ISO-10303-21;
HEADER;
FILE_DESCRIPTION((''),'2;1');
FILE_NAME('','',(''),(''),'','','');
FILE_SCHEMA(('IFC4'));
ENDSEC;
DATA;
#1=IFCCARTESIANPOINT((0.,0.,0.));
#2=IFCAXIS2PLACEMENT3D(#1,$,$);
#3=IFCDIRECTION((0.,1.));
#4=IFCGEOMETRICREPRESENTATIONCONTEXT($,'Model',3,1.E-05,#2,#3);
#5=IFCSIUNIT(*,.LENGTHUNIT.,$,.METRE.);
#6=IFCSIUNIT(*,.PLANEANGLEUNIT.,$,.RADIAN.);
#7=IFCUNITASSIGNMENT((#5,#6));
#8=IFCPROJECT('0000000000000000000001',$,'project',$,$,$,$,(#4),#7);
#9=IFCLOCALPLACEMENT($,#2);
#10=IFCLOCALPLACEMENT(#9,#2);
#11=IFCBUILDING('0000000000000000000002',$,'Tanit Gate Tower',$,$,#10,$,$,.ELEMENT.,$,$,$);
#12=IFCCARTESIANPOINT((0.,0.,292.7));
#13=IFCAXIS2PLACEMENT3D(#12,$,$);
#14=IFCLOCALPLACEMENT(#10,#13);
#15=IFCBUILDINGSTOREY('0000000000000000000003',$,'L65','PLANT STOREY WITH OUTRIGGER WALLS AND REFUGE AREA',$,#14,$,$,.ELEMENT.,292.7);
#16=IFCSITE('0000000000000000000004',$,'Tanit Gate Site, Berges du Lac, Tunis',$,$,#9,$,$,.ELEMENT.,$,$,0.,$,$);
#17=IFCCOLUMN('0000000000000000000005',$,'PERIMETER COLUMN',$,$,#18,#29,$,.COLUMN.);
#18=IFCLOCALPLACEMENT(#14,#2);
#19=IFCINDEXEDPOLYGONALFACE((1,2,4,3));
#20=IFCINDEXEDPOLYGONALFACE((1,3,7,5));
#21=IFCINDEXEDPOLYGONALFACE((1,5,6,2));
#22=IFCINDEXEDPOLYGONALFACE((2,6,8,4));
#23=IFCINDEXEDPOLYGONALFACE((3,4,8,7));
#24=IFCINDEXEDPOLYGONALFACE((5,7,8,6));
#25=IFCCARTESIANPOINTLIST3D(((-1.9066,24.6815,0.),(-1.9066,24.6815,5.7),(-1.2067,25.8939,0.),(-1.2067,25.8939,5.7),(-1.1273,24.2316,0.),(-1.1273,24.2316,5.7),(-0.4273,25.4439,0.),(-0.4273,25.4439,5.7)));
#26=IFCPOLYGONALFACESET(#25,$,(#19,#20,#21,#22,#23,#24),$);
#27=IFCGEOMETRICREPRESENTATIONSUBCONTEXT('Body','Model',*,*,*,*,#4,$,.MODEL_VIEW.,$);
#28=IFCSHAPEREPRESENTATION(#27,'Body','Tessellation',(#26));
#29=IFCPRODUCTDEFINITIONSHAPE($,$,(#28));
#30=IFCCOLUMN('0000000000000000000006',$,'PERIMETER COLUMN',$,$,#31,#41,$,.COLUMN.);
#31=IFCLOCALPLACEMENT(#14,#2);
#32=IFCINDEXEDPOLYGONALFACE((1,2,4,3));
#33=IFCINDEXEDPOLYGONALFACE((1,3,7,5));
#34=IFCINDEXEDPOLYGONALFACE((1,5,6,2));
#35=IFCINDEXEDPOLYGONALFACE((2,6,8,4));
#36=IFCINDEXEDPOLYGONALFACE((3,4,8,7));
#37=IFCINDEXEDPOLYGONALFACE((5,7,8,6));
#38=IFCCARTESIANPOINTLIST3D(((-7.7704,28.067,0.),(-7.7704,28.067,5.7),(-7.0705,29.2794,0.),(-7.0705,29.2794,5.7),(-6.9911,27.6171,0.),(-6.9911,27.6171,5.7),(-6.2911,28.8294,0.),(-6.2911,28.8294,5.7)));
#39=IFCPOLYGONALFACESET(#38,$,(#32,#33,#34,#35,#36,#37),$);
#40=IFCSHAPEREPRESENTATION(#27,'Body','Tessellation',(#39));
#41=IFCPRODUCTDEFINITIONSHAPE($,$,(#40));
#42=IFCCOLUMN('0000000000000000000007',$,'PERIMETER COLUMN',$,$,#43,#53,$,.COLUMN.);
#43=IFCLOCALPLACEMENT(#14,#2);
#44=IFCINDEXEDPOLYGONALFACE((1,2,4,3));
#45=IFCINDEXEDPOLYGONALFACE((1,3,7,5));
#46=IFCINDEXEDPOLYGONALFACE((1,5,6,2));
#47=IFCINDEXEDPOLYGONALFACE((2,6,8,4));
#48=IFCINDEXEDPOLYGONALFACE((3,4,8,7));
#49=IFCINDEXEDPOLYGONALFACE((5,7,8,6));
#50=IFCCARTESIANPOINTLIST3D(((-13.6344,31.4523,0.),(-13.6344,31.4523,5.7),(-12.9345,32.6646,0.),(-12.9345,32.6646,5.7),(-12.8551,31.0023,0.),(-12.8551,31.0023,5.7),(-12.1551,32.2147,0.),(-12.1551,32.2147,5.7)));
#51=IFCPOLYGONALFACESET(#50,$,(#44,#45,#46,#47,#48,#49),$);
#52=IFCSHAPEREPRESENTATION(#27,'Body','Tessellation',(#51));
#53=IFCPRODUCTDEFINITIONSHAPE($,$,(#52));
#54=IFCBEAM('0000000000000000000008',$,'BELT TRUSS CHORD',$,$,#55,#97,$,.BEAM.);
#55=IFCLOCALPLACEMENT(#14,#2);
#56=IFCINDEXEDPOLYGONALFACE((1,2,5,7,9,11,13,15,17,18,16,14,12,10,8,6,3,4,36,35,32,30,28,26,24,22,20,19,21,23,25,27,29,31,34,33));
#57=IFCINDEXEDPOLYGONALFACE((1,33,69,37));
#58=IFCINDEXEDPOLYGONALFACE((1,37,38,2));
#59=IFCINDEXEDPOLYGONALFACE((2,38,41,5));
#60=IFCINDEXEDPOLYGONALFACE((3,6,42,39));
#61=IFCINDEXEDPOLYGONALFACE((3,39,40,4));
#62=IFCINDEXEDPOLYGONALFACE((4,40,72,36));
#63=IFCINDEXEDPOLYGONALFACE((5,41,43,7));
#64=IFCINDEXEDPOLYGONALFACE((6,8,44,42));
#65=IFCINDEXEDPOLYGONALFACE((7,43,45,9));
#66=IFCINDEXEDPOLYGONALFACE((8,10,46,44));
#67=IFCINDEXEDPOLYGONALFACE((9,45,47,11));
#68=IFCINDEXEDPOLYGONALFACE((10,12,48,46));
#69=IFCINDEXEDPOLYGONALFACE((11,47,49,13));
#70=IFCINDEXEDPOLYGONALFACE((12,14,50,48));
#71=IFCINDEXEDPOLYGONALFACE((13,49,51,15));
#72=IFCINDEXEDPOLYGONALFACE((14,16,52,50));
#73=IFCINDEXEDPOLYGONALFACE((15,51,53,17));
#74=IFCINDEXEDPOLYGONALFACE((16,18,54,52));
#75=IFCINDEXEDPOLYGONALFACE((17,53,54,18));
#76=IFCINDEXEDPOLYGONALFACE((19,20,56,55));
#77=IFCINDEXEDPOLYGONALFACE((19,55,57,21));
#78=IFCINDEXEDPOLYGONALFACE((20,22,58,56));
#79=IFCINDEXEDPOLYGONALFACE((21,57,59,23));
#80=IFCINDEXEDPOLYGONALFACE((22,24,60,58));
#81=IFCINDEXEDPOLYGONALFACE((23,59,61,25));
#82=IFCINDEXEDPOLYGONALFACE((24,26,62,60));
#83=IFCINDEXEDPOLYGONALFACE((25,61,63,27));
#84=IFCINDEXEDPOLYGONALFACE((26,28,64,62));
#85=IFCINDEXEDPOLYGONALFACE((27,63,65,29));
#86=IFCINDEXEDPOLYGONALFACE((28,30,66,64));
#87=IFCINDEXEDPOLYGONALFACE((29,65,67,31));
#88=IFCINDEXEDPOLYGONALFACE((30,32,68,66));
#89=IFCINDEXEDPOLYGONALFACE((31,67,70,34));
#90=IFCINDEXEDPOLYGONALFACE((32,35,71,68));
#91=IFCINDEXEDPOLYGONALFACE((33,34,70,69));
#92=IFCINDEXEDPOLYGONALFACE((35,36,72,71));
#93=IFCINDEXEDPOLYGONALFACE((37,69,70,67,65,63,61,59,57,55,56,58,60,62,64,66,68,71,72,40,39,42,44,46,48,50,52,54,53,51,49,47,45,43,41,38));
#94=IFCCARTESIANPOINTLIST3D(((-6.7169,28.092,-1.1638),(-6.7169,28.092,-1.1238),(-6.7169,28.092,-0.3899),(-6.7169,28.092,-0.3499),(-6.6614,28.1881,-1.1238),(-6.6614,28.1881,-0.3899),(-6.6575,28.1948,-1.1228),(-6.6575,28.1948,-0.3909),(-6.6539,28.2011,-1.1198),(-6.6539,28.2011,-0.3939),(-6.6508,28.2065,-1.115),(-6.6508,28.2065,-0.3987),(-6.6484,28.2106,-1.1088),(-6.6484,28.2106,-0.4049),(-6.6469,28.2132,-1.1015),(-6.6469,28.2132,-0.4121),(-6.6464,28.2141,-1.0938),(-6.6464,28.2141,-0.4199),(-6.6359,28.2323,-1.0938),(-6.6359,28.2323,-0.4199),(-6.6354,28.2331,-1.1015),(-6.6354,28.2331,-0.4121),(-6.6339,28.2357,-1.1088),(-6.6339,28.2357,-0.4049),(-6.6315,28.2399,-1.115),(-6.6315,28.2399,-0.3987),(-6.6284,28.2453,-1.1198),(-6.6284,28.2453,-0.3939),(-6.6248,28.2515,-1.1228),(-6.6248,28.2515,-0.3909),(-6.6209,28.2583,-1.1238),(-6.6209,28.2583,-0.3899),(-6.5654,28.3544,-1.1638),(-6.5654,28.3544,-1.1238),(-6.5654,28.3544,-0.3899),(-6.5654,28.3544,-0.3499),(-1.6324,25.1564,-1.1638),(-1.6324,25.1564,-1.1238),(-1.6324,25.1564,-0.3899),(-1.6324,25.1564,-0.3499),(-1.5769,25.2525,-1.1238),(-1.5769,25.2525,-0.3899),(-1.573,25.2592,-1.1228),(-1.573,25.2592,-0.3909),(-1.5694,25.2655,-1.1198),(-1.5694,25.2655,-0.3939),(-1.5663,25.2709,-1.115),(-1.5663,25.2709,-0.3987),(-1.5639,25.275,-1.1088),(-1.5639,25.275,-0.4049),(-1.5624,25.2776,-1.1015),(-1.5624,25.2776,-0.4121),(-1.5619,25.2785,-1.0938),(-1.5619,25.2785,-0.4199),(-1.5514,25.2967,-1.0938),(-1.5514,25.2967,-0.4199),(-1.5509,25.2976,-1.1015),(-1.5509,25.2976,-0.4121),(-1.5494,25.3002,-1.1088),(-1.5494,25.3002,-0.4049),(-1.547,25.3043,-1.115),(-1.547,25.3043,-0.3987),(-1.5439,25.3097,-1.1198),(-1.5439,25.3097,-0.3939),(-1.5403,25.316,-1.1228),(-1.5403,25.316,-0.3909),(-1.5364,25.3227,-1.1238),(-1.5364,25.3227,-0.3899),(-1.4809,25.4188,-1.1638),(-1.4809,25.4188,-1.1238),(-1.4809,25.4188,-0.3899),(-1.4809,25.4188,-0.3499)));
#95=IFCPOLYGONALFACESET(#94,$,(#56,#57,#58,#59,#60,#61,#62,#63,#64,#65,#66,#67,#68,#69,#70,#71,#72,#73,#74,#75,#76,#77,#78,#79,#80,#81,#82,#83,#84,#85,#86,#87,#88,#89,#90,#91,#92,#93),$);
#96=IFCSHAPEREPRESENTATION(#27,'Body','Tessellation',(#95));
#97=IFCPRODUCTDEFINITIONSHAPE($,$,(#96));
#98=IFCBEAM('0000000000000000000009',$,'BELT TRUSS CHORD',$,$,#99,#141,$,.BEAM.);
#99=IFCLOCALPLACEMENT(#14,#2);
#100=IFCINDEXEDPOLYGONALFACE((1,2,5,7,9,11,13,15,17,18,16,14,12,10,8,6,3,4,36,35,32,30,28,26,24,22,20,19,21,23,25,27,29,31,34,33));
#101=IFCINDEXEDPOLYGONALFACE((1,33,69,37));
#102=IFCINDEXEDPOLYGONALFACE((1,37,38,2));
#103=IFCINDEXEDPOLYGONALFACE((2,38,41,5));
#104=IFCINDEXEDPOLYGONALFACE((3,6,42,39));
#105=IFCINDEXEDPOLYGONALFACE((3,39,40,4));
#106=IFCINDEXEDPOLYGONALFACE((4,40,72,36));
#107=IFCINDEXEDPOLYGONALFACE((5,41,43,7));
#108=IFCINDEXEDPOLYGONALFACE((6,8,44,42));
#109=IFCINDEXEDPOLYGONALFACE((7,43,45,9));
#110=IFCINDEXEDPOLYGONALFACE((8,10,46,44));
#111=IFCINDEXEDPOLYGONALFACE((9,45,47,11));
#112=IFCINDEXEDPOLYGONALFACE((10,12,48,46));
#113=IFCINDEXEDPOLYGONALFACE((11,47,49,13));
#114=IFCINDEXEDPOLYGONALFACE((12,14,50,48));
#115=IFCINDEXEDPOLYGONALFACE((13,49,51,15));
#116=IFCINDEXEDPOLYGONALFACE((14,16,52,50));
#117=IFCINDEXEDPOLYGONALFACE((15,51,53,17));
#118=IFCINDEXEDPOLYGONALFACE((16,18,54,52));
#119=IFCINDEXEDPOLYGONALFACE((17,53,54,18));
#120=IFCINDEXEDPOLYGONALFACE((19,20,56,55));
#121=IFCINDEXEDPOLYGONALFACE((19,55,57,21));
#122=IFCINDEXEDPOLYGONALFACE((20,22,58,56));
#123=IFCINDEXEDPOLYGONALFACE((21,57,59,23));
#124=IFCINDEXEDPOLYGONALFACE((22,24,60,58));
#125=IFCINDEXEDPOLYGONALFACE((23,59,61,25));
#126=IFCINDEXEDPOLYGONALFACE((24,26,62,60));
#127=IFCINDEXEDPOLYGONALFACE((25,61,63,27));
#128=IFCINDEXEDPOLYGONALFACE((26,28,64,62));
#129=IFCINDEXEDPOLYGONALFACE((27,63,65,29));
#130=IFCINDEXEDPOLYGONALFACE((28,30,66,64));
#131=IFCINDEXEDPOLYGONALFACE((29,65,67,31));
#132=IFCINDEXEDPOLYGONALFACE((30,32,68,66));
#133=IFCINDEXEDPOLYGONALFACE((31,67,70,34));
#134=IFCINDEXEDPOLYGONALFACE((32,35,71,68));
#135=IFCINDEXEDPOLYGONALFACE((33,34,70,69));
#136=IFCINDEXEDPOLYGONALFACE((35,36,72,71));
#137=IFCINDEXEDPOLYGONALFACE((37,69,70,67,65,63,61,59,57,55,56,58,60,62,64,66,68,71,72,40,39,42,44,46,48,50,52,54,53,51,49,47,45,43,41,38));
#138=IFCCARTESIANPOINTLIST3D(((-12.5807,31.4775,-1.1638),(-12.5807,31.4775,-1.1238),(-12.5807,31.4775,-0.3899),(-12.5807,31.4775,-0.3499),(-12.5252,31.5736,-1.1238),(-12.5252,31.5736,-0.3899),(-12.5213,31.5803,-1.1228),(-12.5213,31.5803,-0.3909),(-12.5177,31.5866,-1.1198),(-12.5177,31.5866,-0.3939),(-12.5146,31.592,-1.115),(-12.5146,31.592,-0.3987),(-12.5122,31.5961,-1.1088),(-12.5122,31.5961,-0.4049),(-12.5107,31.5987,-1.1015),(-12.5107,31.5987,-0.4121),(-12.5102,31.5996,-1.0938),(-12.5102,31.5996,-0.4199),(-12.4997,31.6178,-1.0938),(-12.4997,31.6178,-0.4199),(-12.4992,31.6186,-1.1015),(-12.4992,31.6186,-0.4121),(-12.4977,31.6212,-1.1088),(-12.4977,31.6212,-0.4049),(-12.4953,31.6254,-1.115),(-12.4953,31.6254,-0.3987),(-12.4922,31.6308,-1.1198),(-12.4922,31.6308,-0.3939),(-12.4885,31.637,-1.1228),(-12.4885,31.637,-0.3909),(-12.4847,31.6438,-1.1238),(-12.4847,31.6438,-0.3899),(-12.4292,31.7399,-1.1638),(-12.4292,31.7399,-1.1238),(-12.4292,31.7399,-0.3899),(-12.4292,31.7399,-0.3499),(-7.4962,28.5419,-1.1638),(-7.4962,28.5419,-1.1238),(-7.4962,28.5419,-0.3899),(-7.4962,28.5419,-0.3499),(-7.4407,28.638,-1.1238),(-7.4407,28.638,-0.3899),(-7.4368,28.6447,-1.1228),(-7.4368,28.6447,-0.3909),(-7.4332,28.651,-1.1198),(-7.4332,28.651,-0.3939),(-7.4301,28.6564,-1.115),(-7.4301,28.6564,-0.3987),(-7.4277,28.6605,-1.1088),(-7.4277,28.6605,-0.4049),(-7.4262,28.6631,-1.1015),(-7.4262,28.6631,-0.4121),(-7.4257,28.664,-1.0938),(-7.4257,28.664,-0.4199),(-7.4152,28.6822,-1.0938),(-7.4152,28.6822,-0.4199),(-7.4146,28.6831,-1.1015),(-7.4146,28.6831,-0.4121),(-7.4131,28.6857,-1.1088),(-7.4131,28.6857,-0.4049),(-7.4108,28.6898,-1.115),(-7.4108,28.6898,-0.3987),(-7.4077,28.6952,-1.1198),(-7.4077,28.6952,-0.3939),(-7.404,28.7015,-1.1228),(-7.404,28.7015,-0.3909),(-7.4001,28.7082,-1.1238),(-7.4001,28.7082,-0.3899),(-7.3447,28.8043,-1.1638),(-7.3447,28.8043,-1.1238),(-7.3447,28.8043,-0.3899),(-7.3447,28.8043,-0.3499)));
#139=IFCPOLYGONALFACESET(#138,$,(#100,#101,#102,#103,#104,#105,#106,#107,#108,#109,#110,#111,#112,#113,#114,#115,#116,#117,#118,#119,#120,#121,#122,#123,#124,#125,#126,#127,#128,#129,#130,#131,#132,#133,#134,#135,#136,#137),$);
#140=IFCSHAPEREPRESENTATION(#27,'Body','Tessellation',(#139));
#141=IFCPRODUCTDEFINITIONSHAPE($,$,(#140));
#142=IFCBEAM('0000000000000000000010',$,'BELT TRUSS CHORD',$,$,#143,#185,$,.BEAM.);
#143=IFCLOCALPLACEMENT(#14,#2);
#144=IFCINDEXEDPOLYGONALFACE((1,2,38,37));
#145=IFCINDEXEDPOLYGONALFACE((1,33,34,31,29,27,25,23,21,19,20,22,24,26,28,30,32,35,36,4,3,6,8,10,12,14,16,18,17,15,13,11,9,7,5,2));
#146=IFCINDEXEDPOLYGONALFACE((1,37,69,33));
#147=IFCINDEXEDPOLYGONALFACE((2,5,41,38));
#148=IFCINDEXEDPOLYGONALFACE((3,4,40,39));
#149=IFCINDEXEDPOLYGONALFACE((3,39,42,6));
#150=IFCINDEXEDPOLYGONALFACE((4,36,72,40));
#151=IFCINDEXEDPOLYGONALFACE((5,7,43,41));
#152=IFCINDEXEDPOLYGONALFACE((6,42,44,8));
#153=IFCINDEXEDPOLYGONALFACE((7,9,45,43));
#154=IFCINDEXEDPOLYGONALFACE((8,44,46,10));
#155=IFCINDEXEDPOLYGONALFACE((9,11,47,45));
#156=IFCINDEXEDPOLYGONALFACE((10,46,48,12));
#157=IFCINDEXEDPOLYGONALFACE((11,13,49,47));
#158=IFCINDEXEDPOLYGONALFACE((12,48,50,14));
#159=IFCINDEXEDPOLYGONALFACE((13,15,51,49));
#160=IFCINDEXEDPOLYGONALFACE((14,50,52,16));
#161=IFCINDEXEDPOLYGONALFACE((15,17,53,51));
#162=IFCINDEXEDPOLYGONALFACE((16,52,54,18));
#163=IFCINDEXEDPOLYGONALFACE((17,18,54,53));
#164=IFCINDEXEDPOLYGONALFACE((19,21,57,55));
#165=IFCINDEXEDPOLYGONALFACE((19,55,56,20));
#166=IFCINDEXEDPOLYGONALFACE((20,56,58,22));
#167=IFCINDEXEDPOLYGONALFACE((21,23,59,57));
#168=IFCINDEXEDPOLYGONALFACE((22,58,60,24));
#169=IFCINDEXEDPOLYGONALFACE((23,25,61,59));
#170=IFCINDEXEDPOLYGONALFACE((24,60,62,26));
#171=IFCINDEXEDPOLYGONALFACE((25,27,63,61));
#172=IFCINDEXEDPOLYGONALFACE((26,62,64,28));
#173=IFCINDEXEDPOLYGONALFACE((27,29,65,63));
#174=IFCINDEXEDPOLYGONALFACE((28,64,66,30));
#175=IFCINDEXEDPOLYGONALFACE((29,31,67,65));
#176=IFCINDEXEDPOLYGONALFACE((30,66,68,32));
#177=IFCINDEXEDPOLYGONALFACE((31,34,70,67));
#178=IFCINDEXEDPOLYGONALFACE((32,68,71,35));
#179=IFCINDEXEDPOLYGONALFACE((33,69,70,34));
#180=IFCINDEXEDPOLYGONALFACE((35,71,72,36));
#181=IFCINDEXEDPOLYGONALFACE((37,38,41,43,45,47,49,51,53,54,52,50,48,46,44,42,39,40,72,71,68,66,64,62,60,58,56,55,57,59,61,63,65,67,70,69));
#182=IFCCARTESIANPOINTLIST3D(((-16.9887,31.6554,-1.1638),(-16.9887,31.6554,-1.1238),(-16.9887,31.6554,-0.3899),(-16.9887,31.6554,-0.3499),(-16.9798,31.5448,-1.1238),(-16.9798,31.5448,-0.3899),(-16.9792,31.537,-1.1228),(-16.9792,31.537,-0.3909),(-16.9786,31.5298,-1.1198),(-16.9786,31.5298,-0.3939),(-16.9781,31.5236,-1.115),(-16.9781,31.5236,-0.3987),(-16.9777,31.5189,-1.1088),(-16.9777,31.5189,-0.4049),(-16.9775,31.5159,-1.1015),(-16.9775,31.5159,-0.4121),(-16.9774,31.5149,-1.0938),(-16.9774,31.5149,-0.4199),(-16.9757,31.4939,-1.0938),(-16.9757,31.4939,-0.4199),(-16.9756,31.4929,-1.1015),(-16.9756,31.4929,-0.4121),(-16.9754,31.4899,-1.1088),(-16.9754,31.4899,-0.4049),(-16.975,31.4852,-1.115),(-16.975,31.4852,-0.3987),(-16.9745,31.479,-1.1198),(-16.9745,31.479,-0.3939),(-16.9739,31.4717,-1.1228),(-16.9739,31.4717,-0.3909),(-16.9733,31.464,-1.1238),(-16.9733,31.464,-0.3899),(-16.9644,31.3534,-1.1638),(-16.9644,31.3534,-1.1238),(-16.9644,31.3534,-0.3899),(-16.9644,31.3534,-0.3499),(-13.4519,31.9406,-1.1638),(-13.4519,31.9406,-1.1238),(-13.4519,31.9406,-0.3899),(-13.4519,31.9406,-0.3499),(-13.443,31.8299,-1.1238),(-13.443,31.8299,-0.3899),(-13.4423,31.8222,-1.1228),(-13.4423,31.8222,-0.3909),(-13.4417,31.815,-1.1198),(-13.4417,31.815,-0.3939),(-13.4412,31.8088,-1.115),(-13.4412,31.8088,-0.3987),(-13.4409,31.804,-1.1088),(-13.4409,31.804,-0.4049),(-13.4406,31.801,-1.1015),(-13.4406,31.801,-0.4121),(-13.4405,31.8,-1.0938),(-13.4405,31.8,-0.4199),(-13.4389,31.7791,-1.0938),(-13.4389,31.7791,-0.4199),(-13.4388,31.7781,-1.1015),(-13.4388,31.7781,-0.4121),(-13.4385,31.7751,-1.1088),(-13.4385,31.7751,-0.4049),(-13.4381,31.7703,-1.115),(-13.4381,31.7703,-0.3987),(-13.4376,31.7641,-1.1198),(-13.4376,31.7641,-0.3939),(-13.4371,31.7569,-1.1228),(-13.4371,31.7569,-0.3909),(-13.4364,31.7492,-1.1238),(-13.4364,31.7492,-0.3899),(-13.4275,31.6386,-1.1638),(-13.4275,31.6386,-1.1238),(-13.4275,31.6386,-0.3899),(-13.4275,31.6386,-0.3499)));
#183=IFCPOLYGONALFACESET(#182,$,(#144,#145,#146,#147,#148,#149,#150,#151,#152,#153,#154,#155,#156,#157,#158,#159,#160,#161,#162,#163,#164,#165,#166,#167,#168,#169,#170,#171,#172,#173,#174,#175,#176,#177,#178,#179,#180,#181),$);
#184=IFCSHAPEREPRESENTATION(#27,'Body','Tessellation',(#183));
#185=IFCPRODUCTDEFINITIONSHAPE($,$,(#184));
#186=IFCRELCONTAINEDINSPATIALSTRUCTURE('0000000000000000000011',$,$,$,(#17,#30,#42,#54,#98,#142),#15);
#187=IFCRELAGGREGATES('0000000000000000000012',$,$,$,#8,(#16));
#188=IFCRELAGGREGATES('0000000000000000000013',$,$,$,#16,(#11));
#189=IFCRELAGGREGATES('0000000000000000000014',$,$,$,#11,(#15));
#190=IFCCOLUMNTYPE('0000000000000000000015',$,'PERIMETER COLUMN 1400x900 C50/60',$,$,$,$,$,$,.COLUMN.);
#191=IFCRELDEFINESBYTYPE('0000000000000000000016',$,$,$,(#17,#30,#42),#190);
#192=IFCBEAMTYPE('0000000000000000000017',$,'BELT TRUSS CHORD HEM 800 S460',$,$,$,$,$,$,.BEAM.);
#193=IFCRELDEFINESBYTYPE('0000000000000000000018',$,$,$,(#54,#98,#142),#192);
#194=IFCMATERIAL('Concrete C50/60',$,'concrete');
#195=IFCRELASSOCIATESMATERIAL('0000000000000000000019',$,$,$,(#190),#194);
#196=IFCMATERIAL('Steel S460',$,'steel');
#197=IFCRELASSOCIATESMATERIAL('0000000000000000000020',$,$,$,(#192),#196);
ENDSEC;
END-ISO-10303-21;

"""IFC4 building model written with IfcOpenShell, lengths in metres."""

from ifc_helpers import new_model, si_unit, direction, frame, origin, origin_2d, place, context, subcontext, project, spatial, rectangle, i_section, extrude, material, material_profile, profile_set, type_object, element, save


model = new_model("IFC4")

# Units and contexts
model_context = context("Model", 3, precision=1e-05, world=origin(), true_north=direction((0.0, 1.0)))
body_context = subcontext(model_context, "Body", "Model", "MODEL_VIEW")
ifc_project = project(units=[si_unit("LENGTHUNIT", "METRE"), si_unit("PLANEANGLEUNIT", "RADIAN")], contexts=[model_context])

# Site, building, storey
site_placement = place(None, origin())
site = spatial("IfcSite", under=ifc_project, at=site_placement, Name="Tanit Gate Site, Berges du Lac, Tunis", CompositionType="ELEMENT", RefElevation=0.0)
building_placement = place(site_placement, origin())
building = spatial("IfcBuilding", under=site, at=building_placement, Name="Tanit Gate Tower", CompositionType="ELEMENT")
storey_placement = place(building_placement, frame((0.0, 0.0, 292.7)))
storey = spatial("IfcBuildingStorey", under=building, at=storey_placement, Name="L65", Description="PLANT STOREY WITH OUTRIGGER WALLS AND REFUGE AREA", CompositionType="ELEMENT", Elevation=292.7)

# Columns
ifc_material_1 = material(Name="Concrete C50/60", Category="concrete")
ifc_material_profile_1 = material_profile(ifc_material_1, rectangle(XDim=1.3999, YDim=0.8999, at=origin_2d()), Name="RC 1400x900")
ifc_profile_set_1 = profile_set([ifc_material_profile_1], Name="Concrete C50/60")
column_type = type_object("IfcColumnType", Name="PERIMETER COLUMN 1400x900 C50/60", PredefinedType="COLUMN", material=ifc_profile_set_1)
for number, where, z_axis, x_axis, name in (
    (1, (-1.167, 25.0627, 0.0), (0.0, 0.0, 1.0), (0.5, 0.866025, 0.0), "PERIMETER COLUMN"),
    (2, (-7.0308, 28.4482, 0.0), (0.0, 0.0, 1.0), (0.5, 0.866025, 0.0), "PERIMETER COLUMN"),
    (3, (-12.8948, 31.8335, 0.0), (0.0, 0.0, 1.0), (0.5, 0.866025, 0.0), "PERIMETER COLUMN"),
):
    element("IfcColumn", number, at=place(storey_placement, frame(where, z_axis=z_axis, x_axis=x_axis)), inside=storey, type_object=column_type, Name=name, PredefinedType="COLUMN", context=body_context, shape_type="SweptSolid", body=[
        extrude(rectangle(XDim=1.3999, YDim=0.8999, at=origin_2d()), origin(), (0.0, 0.0, 1.0), 5.7),
    ])

# Beams
ifc_material_2 = material(Name="Steel S460", Category="steel")
ifc_material_profile_2 = material_profile(ifc_material_2, i_section(OverallWidth=0.303, OverallDepth=0.814, WebThickness=0.021, FlangeThickness=0.04, FilletRadius=0.03, at=origin_2d()), Name="HEM 800")
ifc_profile_set_2 = profile_set([ifc_material_profile_2], Name="Steel S460")
beam_type_1 = type_object("IfcBeamType", Name="BELT TRUSS CHORD HEM 800 S460", PredefinedType="BEAM", material=ifc_profile_set_2)
for number, where, z_axis, x_axis, name in (
    (4, (-1.5566, 25.2876, -0.7568), (-0.866024, 0.500003, 0.0), (-0.500003, -0.866024, 0.0), "BELT TRUSS CHORD"),
    (5, (-7.4204, 28.6731, -0.7568), (-0.866024, 0.500003, 0.0), (-0.500003, -0.866024, 0.0), "BELT TRUSS CHORD"),
):
    element("IfcBeam", number, at=place(storey_placement, frame(where, z_axis=z_axis, x_axis=x_axis)), inside=storey, type_object=beam_type_1, Name=name, PredefinedType="BEAM", context=body_context, shape_type="SweptSolid", body=[
        extrude(i_section(OverallWidth=0.303, OverallDepth=0.814, WebThickness=0.021, FlangeThickness=0.04, FilletRadius=0.03, at=origin_2d()), origin(), (0.0, 0.0, 1.0), 5.8711),
    ])
beam_1_placement = place(storey_placement, frame((-13.4397, 31.7896, -0.7568), z_axis=(-0.996766, -0.080363, 0.0), x_axis=(0.080363, -0.996766, 0.0)))
element("IfcBeam", 6, at=beam_1_placement, inside=storey, type_object=beam_type_1, Name="BELT TRUSS CHORD", PredefinedType="BEAM", context=body_context, shape_type="SweptSolid", body=[
    extrude(i_section(OverallWidth=0.303, OverallDepth=0.814, WebThickness=0.021, FlangeThickness=0.04, FilletRadius=0.03, at=origin_2d()), origin(), (0.0, 0.0, 1.0), 3.5483),
])

save(model, "model.ifc")
